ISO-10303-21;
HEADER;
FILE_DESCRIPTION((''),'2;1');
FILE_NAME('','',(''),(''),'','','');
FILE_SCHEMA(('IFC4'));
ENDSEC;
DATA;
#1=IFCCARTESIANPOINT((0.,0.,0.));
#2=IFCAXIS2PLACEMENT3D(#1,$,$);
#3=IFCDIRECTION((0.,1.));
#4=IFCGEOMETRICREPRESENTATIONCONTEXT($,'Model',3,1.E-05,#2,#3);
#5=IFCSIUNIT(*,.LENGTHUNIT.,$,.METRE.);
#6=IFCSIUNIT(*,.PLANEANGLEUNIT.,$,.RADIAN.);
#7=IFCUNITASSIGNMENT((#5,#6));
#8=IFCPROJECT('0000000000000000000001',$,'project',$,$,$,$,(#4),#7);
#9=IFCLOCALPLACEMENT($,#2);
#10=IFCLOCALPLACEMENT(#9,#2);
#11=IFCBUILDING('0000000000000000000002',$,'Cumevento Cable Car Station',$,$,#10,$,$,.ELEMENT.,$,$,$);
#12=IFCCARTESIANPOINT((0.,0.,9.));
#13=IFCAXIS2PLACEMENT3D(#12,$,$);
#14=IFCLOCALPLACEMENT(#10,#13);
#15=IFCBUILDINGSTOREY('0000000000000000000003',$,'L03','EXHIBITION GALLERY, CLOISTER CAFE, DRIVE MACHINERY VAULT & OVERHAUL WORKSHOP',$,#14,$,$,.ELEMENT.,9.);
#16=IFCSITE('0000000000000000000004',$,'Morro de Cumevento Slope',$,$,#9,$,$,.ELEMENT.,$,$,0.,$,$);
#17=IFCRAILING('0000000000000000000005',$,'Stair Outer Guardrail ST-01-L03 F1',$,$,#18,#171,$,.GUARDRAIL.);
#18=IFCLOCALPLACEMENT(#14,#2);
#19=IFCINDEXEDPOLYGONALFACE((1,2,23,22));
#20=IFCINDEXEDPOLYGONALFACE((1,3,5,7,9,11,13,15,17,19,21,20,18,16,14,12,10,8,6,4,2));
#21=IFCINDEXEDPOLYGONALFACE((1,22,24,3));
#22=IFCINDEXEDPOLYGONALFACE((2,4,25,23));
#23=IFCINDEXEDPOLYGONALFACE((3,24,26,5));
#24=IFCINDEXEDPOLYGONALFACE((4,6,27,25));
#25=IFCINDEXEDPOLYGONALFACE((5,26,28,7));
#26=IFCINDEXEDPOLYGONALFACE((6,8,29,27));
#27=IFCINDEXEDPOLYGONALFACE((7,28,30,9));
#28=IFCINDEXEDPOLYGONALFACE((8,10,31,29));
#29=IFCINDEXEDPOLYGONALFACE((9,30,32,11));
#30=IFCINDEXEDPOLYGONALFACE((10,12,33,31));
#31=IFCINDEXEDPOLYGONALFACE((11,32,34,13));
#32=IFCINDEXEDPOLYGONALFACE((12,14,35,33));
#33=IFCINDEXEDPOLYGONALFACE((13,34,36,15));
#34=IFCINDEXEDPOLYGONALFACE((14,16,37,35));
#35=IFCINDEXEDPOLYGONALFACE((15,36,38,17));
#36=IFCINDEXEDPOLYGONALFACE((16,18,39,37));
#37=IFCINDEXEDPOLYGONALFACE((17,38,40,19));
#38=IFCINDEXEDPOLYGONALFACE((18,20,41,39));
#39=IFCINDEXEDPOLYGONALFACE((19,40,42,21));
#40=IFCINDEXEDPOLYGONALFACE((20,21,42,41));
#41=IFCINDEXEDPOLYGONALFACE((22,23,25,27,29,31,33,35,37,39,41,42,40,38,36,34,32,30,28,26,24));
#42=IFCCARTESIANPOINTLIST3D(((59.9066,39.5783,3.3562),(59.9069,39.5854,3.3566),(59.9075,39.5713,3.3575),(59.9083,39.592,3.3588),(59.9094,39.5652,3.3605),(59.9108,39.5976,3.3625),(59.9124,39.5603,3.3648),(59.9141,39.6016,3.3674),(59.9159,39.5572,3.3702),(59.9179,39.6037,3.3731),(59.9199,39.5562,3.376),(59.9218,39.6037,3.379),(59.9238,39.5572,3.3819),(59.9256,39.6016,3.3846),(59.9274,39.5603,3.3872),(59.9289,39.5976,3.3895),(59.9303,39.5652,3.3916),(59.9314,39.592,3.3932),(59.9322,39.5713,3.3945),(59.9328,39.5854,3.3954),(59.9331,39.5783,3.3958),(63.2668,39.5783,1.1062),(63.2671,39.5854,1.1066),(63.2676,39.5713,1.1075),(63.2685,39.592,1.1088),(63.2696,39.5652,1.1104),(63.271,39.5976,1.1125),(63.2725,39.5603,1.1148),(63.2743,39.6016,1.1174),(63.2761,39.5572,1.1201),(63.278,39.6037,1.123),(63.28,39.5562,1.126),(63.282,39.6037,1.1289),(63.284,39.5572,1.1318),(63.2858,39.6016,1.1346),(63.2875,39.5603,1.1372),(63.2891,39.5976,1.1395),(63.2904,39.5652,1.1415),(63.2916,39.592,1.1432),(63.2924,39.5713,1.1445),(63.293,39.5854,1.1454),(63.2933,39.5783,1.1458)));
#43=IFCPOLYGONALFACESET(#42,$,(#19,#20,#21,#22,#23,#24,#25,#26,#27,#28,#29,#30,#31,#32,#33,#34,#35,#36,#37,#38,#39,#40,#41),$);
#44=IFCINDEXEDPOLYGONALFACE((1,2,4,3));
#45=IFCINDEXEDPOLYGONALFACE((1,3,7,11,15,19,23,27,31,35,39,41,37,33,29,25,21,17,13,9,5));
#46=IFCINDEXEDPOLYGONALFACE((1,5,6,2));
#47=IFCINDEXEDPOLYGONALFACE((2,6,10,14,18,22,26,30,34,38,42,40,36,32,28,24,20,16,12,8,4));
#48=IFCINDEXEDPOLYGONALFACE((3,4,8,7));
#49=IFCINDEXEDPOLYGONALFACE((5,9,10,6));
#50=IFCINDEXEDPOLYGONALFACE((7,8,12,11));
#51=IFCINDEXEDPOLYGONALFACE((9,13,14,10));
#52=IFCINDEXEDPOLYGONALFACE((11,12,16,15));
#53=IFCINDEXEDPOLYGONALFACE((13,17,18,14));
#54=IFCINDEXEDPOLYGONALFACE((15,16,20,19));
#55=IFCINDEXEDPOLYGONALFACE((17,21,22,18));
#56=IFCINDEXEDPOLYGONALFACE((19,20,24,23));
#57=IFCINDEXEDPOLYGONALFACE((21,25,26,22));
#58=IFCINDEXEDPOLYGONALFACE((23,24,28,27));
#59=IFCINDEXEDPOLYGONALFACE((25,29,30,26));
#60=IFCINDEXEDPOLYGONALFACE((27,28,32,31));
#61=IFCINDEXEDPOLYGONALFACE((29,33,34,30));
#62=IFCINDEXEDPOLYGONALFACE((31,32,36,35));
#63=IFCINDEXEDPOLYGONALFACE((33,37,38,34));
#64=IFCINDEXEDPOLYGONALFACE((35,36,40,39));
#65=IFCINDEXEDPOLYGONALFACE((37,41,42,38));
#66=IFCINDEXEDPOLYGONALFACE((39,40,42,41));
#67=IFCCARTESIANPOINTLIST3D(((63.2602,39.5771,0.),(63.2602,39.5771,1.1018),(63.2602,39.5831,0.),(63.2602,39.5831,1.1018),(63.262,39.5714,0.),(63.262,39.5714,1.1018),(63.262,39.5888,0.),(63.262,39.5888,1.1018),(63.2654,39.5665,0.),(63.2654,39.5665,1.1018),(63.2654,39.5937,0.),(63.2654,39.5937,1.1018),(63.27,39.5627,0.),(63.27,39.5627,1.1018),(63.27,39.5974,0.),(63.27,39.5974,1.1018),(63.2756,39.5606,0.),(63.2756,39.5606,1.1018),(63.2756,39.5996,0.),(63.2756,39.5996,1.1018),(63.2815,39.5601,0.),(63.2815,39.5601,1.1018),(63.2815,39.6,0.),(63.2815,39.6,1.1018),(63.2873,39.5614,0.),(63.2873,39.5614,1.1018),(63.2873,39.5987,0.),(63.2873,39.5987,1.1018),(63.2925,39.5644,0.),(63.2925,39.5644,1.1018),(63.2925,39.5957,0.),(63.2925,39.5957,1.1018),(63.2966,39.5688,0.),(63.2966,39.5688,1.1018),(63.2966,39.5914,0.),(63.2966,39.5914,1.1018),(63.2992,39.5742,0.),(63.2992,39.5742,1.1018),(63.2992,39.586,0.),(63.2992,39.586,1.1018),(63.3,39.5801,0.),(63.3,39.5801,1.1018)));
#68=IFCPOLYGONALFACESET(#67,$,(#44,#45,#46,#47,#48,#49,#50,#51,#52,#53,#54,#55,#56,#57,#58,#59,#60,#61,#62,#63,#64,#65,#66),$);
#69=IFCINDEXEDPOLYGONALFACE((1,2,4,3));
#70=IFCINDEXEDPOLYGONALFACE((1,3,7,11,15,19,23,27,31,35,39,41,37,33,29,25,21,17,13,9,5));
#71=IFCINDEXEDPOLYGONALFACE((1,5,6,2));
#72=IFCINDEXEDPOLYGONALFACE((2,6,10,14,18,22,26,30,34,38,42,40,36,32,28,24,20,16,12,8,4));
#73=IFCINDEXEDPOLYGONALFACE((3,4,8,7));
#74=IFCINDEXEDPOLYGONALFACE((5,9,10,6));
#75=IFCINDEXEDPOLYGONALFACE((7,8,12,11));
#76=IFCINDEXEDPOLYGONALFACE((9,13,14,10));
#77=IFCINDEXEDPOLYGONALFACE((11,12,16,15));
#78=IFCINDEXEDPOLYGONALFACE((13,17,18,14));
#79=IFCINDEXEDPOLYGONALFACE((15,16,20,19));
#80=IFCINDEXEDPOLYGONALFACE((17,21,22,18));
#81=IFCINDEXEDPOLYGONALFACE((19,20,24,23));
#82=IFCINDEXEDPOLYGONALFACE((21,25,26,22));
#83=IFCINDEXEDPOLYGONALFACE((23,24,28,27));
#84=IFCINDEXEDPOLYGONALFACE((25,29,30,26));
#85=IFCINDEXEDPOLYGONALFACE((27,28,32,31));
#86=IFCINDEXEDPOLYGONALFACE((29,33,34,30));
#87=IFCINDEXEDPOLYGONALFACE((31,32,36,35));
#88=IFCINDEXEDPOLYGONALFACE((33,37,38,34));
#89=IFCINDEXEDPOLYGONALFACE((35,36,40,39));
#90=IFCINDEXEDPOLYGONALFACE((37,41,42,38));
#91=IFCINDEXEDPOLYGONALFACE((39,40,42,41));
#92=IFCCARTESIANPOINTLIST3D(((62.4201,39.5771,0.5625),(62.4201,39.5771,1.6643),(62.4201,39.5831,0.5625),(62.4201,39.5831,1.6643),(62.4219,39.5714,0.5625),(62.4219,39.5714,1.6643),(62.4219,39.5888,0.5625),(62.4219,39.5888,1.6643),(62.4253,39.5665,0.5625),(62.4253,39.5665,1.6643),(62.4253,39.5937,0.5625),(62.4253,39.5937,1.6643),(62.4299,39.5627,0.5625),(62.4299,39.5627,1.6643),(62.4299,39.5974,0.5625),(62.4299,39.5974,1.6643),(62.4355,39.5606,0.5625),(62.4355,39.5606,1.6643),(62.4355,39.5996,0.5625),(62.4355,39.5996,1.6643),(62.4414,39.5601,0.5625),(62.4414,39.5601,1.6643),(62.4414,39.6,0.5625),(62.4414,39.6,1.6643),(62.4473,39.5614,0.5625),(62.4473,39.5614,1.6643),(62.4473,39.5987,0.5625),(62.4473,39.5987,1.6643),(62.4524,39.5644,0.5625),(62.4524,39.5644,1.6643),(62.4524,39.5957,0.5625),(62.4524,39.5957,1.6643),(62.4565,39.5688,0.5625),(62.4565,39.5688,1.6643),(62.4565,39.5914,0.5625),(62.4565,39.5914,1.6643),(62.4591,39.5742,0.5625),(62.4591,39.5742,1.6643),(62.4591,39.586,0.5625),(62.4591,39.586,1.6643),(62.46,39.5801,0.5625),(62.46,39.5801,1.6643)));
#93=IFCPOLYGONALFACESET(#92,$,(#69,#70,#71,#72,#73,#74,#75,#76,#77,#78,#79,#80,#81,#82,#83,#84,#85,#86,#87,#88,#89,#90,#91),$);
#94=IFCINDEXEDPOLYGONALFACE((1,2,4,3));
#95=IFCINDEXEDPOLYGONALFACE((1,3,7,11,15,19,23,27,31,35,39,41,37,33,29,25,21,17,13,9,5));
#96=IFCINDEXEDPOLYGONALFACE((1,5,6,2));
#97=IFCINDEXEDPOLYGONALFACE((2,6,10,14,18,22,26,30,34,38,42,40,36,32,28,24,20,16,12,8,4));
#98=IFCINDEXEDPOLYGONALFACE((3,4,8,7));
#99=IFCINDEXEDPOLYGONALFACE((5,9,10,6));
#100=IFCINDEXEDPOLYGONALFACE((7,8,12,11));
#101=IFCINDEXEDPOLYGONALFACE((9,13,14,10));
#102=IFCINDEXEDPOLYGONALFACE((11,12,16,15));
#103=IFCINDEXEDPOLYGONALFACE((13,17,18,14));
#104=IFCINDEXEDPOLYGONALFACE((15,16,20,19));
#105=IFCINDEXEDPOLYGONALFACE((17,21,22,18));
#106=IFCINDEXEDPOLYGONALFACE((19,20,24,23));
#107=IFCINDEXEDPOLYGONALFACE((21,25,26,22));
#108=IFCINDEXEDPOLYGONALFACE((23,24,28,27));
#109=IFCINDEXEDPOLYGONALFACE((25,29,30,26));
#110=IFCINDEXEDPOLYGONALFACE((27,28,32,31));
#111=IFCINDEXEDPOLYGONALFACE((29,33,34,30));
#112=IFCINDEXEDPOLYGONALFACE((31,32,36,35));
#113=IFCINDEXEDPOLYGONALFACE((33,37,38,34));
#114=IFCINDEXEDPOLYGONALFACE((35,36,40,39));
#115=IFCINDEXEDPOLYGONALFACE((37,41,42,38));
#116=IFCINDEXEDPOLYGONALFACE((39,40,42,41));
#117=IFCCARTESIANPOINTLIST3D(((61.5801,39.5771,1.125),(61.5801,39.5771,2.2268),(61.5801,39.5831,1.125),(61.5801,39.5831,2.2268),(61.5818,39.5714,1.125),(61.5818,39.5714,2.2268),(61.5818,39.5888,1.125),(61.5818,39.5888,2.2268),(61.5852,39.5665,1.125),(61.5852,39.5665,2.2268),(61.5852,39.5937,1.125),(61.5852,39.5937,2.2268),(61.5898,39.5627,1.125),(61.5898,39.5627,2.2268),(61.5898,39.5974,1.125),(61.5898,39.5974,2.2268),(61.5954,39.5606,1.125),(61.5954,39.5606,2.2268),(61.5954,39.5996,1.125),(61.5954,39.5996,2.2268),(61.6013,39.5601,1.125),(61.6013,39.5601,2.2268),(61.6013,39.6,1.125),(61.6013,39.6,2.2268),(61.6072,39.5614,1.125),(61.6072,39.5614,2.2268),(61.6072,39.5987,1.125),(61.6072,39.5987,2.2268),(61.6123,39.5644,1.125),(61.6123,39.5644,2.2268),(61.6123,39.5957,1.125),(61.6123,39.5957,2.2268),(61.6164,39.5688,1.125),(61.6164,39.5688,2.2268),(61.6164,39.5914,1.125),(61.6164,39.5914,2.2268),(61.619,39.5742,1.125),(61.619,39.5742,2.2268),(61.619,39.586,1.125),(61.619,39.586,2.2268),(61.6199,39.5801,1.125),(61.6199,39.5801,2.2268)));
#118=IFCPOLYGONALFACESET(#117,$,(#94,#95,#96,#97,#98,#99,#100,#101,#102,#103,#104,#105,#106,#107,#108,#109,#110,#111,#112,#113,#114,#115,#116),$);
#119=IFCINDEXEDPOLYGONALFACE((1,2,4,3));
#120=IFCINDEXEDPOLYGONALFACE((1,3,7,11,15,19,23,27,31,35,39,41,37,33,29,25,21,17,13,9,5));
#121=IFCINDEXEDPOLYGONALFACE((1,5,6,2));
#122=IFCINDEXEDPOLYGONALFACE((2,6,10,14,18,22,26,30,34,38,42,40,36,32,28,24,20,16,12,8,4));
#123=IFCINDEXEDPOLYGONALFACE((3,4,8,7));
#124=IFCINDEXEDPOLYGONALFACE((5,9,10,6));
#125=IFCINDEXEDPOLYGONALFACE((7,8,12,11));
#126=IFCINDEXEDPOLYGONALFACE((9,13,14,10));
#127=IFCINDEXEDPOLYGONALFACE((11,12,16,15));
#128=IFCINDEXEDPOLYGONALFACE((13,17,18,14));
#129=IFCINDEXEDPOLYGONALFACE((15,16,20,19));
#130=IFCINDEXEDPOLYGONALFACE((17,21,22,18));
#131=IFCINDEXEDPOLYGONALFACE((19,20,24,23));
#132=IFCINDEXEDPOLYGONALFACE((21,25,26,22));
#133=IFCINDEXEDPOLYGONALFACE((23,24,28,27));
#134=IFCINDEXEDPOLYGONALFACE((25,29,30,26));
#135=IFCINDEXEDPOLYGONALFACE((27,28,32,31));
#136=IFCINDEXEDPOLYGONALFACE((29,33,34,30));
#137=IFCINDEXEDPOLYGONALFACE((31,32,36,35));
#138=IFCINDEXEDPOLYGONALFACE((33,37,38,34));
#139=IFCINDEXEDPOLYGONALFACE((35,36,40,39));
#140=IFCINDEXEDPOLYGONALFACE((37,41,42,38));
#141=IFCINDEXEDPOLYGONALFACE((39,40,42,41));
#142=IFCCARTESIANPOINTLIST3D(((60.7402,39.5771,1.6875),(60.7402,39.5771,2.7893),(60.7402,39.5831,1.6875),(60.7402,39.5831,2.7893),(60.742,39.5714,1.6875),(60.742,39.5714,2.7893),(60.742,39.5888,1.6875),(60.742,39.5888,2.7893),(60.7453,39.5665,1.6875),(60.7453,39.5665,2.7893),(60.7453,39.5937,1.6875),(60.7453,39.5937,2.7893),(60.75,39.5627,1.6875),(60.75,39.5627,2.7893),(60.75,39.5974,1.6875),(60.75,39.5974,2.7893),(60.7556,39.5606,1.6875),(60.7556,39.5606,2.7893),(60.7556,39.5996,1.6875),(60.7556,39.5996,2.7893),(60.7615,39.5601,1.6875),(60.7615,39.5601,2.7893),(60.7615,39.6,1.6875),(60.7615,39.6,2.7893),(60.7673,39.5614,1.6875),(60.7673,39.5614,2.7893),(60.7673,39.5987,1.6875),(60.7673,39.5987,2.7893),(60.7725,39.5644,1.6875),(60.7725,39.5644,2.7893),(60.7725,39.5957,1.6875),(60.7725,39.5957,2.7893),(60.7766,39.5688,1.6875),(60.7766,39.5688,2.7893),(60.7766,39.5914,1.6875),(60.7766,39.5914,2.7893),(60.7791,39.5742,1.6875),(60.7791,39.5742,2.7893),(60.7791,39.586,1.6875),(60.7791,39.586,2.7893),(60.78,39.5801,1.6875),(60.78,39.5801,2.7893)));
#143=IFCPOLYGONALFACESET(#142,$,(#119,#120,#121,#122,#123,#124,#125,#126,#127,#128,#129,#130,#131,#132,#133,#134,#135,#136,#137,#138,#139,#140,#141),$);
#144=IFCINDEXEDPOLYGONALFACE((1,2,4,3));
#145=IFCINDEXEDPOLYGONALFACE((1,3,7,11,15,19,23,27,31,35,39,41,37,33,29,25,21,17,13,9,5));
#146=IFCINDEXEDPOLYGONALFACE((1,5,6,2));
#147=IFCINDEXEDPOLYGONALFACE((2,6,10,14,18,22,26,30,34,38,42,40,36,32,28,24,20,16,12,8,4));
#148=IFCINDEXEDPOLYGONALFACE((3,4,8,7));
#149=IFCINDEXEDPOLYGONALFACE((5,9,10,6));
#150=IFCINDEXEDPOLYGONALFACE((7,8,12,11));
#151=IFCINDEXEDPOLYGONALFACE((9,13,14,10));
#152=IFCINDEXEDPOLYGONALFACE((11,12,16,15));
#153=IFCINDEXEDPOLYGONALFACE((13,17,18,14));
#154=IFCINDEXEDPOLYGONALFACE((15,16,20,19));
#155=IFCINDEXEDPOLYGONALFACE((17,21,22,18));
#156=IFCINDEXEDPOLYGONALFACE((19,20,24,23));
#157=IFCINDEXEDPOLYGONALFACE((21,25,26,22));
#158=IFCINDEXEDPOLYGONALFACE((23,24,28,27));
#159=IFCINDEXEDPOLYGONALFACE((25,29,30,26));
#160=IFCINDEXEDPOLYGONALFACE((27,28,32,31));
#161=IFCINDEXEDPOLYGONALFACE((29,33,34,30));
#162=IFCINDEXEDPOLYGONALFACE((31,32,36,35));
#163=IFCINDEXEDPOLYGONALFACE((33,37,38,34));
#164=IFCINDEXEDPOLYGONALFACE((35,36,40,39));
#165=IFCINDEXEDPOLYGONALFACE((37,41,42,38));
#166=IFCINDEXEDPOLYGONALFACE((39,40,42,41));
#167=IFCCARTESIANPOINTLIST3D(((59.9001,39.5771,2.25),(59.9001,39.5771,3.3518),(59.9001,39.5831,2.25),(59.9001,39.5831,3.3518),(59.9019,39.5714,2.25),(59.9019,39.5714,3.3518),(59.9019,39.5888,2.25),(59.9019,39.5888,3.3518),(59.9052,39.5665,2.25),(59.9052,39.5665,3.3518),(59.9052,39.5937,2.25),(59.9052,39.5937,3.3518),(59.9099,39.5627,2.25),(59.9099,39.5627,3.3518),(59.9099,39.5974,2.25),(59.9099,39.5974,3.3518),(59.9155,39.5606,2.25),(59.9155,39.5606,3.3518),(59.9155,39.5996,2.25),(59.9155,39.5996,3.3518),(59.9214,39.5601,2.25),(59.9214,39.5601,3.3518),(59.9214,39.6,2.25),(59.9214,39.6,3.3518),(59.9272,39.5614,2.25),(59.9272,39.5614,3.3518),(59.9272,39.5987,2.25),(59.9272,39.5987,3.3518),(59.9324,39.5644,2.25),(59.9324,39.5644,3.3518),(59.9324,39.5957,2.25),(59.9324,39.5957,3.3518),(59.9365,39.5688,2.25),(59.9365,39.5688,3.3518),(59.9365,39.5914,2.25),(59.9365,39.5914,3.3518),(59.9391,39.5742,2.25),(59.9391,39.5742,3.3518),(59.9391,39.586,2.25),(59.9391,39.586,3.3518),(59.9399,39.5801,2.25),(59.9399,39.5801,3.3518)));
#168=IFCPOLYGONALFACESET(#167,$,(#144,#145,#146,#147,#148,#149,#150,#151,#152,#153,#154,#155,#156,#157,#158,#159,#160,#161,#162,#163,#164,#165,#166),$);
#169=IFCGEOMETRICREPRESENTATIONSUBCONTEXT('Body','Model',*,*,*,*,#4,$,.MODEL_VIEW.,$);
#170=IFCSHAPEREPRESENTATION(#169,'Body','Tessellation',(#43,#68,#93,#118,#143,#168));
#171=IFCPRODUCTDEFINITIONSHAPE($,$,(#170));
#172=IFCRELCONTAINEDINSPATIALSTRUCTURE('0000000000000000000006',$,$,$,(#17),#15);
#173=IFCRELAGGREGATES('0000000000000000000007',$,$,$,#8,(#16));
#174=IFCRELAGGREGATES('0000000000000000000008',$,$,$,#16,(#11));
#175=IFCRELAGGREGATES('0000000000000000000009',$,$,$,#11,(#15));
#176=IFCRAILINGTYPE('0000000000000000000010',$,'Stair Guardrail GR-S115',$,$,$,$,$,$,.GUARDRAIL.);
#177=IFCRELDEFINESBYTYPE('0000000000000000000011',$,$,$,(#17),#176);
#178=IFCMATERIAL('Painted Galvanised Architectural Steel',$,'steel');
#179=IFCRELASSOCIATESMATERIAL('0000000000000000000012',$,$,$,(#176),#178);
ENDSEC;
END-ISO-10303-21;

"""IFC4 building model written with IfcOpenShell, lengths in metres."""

from ifc_helpers import new_model, si_unit, direction, frame, origin, origin_2d, place, context, subcontext, project, spatial, circle, extrude, material, type_object, element, save


model = new_model("IFC4")

# Units and contexts
model_context = context("Model", 3, precision=1e-05, world=origin(), true_north=direction((0.0, 1.0)))
body_context = subcontext(model_context, "Body", "Model", "MODEL_VIEW")
ifc_project = project(units=[si_unit("LENGTHUNIT", "METRE"), si_unit("PLANEANGLEUNIT", "RADIAN")], contexts=[model_context])

# Site, building, storey
site_placement = place(None, origin())
site = spatial("IfcSite", under=ifc_project, at=site_placement, Name="Morro de Cumevento Slope", CompositionType="ELEMENT", RefElevation=0.0)
building_placement = place(site_placement, origin())
building = spatial("IfcBuilding", under=site, at=building_placement, Name="Cumevento Cable Car Station", CompositionType="ELEMENT")
storey_placement = place(building_placement, frame((0.0, 0.0, 9.0)))
storey = spatial("IfcBuildingStorey", under=building, at=storey_placement, Name="L03", Description="EXHIBITION GALLERY, CLOISTER CAFE, DRIVE MACHINERY VAULT & OVERHAUL WORKSHOP", CompositionType="ELEMENT", Elevation=9.0)

# Railing
ifc_material_1 = material(Name="Painted Galvanised Architectural Steel", Category="steel")
railing_type_1 = type_object("IfcRailingType", Name="Stair Guardrail GR-S115", PredefinedType="GUARDRAIL", material=ifc_material_1)
railing_1_placement = place(storey_placement, frame((63.28, 39.5801, 0.0)))
element("IfcRailing", 1, at=railing_1_placement, inside=storey, type_object=railing_type_1, Name="Stair Outer Guardrail ST-01-L03 F1", PredefinedType="GUARDRAIL", context=body_context, shape_type="SweptSolid", body=[
    extrude(circle(Radius=0.0239, at=origin_2d()), frame((0.0, 0.0, 1.126), z_axis=(-0.830915, 0.0, 0.556399), x_axis=(0.0, -1.0, 0.0)), (0.0, 0.0, 1.0), 4.0439),
    extrude(circle(Radius=0.02, at=origin_2d()), origin(), (0.0, 0.0, 1.0), 1.1018),
    extrude(circle(Radius=0.02, at=origin_2d()), frame((-0.8401, 0.0, 0.5625)), (0.0, 0.0, 1.0), 1.1018),
    extrude(circle(Radius=0.02, at=origin_2d()), frame((-1.6802, 0.0, 1.125)), (0.0, 0.0, 1.0), 1.1018),
    extrude(circle(Radius=0.02, at=origin_2d()), frame((-2.52, 0.0, 1.6875)), (0.0, 0.0, 1.0), 1.1018),
    extrude(circle(Radius=0.02, at=origin_2d()), frame((-3.3601, 0.0, 2.25)), (0.0, 0.0, 1.0), 1.1018),
])

save(model, "model.ifc")
